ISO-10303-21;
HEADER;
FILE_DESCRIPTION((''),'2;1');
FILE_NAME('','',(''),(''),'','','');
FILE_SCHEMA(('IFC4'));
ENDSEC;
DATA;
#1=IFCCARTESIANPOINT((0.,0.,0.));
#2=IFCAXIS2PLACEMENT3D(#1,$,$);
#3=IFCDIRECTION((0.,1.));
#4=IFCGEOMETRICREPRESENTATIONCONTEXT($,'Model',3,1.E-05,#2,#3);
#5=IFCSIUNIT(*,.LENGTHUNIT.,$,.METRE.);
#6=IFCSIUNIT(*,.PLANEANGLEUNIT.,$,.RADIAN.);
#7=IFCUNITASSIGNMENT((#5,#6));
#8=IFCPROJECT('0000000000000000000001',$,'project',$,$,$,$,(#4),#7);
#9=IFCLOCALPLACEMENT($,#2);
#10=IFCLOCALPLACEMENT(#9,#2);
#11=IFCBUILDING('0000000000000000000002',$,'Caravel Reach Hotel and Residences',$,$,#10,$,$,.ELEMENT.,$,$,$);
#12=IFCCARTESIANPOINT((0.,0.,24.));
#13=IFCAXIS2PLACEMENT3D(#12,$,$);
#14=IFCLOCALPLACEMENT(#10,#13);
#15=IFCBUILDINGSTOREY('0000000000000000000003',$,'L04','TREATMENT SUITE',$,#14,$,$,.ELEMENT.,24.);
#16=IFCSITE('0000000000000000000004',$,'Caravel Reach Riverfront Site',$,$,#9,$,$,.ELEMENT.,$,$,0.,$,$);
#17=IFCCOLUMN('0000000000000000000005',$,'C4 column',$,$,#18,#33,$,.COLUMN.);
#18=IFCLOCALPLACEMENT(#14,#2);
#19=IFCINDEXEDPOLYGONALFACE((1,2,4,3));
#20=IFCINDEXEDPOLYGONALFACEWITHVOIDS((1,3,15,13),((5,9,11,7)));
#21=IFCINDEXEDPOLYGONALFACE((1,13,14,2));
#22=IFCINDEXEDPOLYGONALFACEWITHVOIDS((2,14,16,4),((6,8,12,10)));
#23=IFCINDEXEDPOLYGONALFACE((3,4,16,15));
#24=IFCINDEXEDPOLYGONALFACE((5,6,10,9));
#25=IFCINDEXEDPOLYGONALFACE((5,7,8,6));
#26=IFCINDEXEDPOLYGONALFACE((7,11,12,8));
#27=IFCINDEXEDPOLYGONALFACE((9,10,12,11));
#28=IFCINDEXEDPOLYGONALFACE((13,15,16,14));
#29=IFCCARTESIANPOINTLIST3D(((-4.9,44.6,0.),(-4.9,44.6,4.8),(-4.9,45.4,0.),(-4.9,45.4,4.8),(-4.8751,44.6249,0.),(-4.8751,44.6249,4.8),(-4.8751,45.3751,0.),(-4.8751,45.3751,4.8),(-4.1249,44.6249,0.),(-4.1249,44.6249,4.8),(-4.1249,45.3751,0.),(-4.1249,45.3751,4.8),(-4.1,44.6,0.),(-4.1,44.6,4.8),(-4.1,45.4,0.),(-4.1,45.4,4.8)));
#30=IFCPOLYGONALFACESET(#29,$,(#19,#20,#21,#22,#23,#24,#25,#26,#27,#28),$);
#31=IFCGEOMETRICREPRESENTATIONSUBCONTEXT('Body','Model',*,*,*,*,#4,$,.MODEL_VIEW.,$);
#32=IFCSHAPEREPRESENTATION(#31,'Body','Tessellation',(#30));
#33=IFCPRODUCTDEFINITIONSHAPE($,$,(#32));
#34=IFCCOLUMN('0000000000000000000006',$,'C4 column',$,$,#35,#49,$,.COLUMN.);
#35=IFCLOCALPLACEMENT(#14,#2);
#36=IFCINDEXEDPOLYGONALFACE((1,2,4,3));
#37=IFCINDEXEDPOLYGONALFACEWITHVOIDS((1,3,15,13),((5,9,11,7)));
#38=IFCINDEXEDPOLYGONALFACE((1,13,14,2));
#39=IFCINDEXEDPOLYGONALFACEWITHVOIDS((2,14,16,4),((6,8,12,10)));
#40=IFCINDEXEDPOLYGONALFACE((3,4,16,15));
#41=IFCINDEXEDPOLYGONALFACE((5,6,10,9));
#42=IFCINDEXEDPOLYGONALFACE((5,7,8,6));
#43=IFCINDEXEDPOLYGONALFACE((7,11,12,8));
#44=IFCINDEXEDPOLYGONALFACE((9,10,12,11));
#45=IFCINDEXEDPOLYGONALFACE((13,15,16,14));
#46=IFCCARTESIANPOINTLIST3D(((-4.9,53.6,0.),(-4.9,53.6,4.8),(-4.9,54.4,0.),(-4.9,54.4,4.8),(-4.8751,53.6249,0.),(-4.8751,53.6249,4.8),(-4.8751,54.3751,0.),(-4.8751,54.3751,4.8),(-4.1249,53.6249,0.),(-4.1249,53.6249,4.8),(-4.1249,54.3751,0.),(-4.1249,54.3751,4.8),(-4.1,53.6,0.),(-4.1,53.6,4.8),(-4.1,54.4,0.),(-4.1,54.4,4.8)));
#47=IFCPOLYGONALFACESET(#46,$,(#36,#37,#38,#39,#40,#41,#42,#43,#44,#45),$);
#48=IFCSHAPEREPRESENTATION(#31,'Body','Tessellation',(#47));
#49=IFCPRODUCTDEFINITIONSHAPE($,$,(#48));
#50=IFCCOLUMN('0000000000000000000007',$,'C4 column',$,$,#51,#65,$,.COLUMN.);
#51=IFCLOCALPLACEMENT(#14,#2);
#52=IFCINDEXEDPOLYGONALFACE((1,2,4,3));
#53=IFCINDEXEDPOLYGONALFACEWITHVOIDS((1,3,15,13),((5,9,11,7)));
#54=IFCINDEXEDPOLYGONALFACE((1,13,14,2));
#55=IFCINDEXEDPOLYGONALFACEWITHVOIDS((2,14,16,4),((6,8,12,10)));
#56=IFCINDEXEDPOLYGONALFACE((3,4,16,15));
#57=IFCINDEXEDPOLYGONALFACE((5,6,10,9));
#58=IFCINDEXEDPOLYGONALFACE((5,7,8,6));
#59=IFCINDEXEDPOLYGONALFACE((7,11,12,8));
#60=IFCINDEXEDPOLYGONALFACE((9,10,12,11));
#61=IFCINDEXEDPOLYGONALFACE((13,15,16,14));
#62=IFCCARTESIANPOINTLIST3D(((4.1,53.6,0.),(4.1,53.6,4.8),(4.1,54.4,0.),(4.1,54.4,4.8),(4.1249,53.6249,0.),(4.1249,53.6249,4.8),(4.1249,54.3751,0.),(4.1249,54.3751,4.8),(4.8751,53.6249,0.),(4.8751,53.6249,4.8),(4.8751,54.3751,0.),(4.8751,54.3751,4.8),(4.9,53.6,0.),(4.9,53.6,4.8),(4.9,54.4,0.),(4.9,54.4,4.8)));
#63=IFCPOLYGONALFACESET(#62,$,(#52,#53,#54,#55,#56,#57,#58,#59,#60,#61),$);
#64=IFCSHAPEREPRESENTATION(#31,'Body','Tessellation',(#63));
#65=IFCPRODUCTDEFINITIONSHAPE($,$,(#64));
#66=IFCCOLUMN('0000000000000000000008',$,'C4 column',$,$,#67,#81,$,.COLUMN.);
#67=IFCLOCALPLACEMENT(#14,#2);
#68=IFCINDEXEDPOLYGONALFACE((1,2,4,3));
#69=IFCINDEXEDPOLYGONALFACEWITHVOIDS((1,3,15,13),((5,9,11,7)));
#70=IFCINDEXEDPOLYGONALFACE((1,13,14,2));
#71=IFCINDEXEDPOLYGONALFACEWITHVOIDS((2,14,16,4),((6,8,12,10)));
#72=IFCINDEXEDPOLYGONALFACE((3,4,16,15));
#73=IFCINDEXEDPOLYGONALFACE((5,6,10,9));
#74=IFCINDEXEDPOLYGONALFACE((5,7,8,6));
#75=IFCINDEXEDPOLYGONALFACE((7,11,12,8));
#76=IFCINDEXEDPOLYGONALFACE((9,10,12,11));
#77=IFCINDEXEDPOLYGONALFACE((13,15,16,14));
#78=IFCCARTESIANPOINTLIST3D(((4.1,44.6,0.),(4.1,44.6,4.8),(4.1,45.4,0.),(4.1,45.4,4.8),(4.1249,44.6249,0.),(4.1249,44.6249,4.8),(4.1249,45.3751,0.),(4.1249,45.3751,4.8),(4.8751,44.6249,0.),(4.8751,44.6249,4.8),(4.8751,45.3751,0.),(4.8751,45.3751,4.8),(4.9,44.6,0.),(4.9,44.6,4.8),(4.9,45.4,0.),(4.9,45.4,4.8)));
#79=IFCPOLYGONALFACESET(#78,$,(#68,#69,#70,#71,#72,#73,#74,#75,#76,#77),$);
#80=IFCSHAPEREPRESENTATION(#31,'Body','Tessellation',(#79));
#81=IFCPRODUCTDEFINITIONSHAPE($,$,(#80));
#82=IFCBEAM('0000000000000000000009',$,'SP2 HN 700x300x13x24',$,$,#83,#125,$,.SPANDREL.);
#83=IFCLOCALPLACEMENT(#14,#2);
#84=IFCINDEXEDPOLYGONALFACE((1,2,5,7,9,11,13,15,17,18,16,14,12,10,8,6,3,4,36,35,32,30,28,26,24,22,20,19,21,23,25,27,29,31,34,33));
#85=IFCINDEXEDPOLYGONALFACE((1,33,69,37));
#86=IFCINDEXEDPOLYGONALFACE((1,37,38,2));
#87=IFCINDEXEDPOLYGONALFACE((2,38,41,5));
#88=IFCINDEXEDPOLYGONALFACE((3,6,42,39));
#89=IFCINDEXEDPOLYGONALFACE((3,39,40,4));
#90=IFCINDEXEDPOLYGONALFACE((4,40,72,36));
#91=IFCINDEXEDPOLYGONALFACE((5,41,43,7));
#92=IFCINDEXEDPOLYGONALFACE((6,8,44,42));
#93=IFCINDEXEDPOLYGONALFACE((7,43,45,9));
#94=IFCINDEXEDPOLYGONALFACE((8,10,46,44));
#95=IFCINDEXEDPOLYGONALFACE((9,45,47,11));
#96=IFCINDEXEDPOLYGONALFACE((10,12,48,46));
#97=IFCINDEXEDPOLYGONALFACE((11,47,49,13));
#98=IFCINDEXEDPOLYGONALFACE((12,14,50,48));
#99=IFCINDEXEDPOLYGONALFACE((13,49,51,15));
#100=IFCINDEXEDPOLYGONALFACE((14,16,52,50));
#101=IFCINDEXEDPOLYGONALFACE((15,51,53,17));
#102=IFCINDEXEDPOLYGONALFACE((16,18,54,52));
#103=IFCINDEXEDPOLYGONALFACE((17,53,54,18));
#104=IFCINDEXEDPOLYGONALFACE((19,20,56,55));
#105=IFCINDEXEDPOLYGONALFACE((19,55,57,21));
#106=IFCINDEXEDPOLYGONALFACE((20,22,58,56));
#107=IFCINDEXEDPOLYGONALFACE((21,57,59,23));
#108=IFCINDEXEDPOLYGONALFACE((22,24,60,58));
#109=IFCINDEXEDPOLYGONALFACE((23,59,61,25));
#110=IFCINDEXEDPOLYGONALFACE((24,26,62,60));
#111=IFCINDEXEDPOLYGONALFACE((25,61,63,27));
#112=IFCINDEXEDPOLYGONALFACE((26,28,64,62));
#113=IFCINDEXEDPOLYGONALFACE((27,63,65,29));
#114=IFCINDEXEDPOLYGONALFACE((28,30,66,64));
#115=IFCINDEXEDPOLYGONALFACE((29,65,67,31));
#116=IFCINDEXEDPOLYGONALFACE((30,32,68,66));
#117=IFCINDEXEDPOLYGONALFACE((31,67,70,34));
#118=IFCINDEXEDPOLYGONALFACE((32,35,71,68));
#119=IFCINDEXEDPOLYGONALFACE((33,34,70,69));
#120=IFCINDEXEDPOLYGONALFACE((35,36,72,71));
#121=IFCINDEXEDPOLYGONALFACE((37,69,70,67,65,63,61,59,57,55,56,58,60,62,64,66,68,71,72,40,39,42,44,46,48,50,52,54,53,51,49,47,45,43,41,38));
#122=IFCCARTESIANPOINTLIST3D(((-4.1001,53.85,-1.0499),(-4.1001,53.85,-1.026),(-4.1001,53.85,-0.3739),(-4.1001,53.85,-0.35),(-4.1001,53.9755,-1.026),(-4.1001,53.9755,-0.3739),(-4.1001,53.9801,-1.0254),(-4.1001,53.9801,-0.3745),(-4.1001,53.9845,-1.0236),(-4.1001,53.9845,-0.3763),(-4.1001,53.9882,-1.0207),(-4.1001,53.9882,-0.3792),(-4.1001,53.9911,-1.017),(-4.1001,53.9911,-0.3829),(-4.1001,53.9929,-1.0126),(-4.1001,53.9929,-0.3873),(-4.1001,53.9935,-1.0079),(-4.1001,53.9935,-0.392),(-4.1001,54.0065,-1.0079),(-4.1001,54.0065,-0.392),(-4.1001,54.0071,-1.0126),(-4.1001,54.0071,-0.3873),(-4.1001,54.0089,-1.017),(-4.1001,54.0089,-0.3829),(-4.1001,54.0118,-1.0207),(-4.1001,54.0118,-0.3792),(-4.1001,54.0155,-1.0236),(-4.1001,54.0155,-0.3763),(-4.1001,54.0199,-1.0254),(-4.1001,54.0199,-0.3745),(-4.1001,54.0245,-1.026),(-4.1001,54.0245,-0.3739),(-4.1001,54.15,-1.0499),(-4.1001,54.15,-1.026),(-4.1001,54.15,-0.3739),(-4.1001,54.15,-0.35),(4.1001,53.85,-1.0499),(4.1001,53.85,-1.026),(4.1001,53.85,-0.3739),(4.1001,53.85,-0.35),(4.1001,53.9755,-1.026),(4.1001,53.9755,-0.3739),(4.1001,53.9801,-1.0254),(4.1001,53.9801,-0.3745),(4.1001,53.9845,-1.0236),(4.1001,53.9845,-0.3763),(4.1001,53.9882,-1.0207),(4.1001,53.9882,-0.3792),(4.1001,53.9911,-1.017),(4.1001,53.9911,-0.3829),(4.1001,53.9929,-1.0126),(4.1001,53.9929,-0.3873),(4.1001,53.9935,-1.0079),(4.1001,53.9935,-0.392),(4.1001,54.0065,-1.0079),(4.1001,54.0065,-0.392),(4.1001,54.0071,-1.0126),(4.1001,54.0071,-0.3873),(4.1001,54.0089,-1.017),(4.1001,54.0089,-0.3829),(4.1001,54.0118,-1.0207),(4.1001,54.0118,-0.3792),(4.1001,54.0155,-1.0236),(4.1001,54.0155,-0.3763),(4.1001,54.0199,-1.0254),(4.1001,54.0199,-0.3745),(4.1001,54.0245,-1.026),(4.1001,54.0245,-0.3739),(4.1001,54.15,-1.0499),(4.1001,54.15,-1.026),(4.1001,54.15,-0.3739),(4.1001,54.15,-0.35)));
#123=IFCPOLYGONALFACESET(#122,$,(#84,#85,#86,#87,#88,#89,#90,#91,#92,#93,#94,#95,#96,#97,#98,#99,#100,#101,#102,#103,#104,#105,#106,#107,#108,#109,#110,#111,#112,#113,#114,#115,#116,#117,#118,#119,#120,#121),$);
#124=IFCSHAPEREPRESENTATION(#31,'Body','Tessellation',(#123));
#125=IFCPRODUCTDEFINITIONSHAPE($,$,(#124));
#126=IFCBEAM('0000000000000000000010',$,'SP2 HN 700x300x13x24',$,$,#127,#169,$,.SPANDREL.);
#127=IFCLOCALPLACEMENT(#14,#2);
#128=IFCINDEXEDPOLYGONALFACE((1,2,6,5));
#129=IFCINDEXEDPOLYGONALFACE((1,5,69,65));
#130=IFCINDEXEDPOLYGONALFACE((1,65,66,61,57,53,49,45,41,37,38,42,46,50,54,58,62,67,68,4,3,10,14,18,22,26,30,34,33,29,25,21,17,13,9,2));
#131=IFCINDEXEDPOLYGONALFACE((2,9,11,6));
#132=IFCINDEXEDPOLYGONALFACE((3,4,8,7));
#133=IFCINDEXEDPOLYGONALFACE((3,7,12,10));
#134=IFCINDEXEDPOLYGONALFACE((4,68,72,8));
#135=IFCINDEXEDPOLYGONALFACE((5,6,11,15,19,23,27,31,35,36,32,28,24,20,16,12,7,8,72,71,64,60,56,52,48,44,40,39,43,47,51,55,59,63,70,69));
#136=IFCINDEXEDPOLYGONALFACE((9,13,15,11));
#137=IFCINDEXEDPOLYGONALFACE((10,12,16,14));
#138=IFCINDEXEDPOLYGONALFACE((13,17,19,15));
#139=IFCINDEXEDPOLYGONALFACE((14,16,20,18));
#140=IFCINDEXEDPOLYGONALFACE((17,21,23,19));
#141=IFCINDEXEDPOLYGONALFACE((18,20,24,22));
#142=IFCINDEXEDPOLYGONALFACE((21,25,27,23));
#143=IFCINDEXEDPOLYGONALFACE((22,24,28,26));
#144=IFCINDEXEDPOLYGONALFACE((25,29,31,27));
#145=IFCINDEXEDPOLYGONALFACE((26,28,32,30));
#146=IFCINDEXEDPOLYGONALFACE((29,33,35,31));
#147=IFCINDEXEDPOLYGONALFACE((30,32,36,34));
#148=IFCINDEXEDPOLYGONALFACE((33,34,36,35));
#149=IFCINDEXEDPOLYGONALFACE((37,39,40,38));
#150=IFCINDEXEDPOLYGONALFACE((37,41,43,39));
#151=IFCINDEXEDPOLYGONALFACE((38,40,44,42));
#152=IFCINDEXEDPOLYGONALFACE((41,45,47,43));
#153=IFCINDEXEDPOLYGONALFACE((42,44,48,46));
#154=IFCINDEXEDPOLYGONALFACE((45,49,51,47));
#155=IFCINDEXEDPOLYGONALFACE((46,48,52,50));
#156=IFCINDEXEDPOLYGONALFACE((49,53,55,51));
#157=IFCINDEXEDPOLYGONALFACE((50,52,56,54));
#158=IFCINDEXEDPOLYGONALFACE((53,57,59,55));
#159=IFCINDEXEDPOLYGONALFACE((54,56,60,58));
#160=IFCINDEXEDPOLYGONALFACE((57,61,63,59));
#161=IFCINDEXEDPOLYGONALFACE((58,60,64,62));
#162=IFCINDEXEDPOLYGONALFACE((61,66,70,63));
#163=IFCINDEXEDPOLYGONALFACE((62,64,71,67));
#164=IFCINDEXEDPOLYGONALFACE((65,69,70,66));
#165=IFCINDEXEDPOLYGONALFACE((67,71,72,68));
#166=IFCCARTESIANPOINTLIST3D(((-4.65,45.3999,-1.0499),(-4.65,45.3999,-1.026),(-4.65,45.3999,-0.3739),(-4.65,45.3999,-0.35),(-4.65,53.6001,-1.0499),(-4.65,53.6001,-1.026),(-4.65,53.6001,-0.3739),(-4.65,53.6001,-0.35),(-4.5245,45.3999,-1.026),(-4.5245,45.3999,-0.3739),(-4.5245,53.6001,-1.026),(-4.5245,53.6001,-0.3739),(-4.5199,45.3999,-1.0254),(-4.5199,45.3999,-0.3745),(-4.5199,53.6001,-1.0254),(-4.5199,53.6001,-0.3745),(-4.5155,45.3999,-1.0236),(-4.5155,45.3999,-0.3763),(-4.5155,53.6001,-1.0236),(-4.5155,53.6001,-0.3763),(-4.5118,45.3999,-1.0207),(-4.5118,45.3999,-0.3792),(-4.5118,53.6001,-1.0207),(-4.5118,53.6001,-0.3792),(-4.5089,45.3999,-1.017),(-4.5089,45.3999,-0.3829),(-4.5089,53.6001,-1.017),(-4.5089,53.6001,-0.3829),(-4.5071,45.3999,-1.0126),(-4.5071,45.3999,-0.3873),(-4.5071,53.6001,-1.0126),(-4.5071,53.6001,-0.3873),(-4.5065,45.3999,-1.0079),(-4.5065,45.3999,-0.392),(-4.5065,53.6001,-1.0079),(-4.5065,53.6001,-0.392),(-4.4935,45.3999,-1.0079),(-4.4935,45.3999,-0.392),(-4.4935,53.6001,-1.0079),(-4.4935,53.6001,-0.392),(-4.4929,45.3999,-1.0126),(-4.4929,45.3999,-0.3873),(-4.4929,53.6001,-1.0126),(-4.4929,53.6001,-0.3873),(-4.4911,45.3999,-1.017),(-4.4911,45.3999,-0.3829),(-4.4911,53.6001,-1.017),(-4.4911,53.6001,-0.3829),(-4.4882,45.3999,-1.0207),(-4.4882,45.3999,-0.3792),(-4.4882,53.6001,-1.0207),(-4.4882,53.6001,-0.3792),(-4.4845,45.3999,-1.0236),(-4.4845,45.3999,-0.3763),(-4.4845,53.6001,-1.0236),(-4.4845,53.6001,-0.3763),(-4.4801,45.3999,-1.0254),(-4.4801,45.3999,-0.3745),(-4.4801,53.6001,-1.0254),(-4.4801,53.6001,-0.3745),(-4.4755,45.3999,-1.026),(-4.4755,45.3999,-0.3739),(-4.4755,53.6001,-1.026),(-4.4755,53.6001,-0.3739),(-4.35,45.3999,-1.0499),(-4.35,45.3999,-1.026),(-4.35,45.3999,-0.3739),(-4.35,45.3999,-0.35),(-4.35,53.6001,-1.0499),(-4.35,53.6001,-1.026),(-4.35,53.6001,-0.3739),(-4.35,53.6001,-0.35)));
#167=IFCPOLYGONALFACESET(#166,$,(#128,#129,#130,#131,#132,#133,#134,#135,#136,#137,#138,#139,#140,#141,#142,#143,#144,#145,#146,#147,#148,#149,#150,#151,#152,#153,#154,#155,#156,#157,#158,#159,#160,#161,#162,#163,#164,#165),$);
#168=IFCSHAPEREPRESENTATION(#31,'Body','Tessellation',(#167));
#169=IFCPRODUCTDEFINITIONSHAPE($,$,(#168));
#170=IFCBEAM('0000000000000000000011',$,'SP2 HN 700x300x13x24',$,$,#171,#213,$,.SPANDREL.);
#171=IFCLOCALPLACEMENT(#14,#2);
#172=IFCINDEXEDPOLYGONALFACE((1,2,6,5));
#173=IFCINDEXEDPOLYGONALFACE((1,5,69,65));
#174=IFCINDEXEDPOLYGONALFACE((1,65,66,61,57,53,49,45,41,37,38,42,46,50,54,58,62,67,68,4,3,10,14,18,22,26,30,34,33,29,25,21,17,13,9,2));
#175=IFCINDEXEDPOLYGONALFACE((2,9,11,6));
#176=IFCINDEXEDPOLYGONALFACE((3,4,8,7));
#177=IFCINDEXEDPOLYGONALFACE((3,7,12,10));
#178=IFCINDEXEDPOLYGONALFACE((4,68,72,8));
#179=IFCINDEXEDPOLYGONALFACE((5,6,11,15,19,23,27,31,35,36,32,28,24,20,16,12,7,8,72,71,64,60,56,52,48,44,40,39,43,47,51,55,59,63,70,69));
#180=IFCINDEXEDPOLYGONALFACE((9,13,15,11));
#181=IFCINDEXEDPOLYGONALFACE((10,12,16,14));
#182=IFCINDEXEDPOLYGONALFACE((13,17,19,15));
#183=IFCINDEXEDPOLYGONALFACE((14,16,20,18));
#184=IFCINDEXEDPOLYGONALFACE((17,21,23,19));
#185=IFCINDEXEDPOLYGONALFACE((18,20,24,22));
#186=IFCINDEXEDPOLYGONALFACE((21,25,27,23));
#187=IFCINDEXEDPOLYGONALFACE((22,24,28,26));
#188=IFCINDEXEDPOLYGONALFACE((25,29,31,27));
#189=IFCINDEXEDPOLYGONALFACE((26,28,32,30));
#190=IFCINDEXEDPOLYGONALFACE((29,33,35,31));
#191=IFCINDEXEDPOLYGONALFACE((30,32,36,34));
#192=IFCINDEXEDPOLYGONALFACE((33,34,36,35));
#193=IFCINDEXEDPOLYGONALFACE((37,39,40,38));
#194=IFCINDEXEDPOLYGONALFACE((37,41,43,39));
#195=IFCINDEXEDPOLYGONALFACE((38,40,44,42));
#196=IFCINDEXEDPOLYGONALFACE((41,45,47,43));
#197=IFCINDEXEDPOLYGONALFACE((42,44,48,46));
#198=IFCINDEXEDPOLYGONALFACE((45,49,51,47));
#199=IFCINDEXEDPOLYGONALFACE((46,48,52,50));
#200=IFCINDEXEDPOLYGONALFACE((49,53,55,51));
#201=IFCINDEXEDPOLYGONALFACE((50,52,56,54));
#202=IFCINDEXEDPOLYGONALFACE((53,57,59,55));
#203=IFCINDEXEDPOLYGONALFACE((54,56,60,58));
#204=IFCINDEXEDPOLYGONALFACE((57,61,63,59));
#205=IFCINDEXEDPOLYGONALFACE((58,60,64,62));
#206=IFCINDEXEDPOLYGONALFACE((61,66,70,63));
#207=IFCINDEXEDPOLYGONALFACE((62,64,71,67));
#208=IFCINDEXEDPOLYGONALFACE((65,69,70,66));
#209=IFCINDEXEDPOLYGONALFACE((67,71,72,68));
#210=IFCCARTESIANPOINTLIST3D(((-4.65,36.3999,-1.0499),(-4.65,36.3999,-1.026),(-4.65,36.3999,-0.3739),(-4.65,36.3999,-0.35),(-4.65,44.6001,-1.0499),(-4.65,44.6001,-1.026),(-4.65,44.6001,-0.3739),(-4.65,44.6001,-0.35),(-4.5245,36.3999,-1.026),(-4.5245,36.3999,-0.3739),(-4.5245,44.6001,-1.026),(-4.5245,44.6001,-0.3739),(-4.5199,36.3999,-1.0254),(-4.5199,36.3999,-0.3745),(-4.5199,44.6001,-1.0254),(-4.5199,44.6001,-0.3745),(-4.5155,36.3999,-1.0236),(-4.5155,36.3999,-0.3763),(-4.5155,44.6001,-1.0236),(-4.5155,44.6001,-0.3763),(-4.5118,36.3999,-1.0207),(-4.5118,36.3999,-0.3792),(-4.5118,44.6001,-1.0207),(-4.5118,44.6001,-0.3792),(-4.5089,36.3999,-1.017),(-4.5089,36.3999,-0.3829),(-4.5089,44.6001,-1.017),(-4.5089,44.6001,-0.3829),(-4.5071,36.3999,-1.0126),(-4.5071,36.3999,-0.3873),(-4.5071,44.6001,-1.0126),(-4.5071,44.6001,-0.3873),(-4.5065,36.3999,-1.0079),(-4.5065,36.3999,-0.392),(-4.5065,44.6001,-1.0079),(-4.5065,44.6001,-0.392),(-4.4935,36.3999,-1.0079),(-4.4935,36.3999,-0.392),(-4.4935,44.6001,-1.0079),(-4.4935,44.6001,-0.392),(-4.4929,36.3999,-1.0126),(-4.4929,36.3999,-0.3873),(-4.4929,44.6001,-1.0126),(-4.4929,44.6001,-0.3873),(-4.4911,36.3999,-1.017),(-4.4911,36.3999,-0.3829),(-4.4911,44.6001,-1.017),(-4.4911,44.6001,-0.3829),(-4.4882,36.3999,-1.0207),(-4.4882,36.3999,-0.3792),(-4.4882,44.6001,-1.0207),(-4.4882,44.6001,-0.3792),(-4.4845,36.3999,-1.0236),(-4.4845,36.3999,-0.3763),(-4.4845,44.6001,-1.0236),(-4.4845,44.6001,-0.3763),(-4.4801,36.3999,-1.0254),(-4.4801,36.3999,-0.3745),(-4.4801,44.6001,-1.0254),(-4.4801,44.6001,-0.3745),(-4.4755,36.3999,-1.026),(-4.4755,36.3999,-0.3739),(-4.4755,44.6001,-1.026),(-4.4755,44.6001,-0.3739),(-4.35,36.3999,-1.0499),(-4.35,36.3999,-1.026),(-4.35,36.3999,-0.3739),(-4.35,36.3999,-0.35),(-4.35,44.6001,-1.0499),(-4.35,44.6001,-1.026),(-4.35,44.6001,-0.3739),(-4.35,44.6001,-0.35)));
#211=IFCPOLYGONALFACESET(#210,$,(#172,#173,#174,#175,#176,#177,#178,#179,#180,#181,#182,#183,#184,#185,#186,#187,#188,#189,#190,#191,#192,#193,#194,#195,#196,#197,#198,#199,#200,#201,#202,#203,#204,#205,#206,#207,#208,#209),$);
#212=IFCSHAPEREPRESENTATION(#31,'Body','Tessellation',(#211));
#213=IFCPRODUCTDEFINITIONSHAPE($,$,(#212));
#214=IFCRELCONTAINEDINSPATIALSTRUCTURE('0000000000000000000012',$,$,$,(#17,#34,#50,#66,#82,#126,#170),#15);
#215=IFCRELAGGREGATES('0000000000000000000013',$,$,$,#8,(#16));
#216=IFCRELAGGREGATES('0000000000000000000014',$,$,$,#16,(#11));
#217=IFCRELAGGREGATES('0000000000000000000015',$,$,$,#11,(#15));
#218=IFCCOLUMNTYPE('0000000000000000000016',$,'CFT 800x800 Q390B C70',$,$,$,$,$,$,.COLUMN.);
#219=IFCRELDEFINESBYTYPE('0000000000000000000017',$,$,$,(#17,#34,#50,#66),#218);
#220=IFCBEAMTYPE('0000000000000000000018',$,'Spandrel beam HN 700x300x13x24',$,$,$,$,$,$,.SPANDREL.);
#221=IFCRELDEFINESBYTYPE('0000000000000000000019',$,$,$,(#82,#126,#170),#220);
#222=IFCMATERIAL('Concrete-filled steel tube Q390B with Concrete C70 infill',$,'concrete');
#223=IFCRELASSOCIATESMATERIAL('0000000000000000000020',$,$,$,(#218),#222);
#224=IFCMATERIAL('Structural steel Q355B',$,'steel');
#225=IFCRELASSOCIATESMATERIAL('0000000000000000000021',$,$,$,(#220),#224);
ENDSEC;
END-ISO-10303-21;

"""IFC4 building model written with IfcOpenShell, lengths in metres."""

from ifc_helpers import new_model, si_unit, direction, frame, origin, origin_2d, place, context, subcontext, project, spatial, hollow_rectangle, i_section, extrude, material, material_profile, profile_set, type_object, element, save


model = new_model("IFC4")

# Units and contexts
model_context = context("Model", 3, precision=1e-05, world=origin(), true_north=direction((0.0, 1.0)))
body_context = subcontext(model_context, "Body", "Model", "MODEL_VIEW")
ifc_project = project(units=[si_unit("LENGTHUNIT", "METRE"), si_unit("PLANEANGLEUNIT", "RADIAN")], contexts=[model_context])

# Site, building, storey
site_placement = place(None, origin())
site = spatial("IfcSite", under=ifc_project, at=site_placement, Name="Caravel Reach Riverfront Site", CompositionType="ELEMENT", RefElevation=0.0)
building_placement = place(site_placement, origin())
building = spatial("IfcBuilding", under=site, at=building_placement, Name="Caravel Reach Hotel and Residences", CompositionType="ELEMENT")
storey_placement = place(building_placement, frame((0.0, 0.0, 24.0)))
storey = spatial("IfcBuildingStorey", under=building, at=storey_placement, Name="L04", Description="TREATMENT SUITE", CompositionType="ELEMENT", Elevation=24.0)

# Columns
ifc_material_1 = material(Name="Concrete-filled steel tube Q390B with Concrete C70 infill", Category="concrete")
ifc_material_profile_1 = material_profile(ifc_material_1, hollow_rectangle(XDim=0.8, YDim=0.8, WallThickness=0.0249, at=origin_2d()), Name="RHS 800x800x25")
ifc_profile_set_1 = profile_set([ifc_material_profile_1], Name="Concrete-filled steel tube Q390B with Concrete C70 infill")
column_type = type_object("IfcColumnType", Name="CFT 800x800 Q390B C70", PredefinedType="COLUMN", material=ifc_profile_set_1)
for number, where, z_axis, x_axis, name in (
    (1, (-4.5, 45.0, 0.0), (0.0, 0.0, 1.0), (1.0, 0.0, 0.0), "C4 column"),
    (2, (-4.5, 54.0, 0.0), (0.0, 0.0, 1.0), (1.0, 0.0, 0.0), "C4 column"),
    (3, (4.5, 54.0, 0.0), (0.0, 0.0, 1.0), (1.0, 0.0, 0.0), "C4 column"),
    (4, (4.5, 45.0, 0.0), (0.0, 0.0, 1.0), (1.0, 0.0, 0.0), "C4 column"),
):
    element("IfcColumn", number, at=place(storey_placement, frame(where, z_axis=z_axis, x_axis=x_axis)), inside=storey, type_object=column_type, Name=name, PredefinedType="COLUMN", context=body_context, shape_type="SweptSolid", body=[
        extrude(hollow_rectangle(XDim=0.8, YDim=0.8, WallThickness=0.0249, at=origin_2d()), origin(), (0.0, 0.0, 1.0), 4.8),
    ])

# Beams
ifc_material_2 = material(Name="Structural steel Q355B", Category="steel")
ifc_material_profile_2 = material_profile(ifc_material_2, i_section(OverallWidth=0.3, OverallDepth=0.7, WebThickness=0.0129, FlangeThickness=0.0239, FilletRadius=0.0181, at=origin_2d()), Name="HN 700x300x13x24")
ifc_profile_set_2 = profile_set([ifc_material_profile_2], Name="Structural steel Q355B")
beam_type = type_object("IfcBeamType", Name="Spandrel beam HN 700x300x13x24", PredefinedType="SPANDREL", material=ifc_profile_set_2)
for number, where, z_axis, x_axis, name in (
    (5, (4.1001, 54.0, -0.7), (-1.0, 0.0, 0.0), (0.0, -1.0, 0.0), "SP2 HN 700x300x13x24"),
    (6, (-4.5, 53.6001, -0.7), (0.0, -1.0, 0.0), (1.0, 0.0, 0.0), "SP2 HN 700x300x13x24"),
    (7, (-4.5, 44.6001, -0.7), (0.0, -1.0, 0.0), (1.0, 0.0, 0.0), "SP2 HN 700x300x13x24"),
):
    element("IfcBeam", number, at=place(storey_placement, frame(where, z_axis=z_axis, x_axis=x_axis)), inside=storey, type_object=beam_type, Name=name, PredefinedType="SPANDREL", context=body_context, shape_type="SweptSolid", body=[
        extrude(i_section(OverallWidth=0.3, OverallDepth=0.7, WebThickness=0.0129, FlangeThickness=0.0239, FilletRadius=0.0181, at=origin_2d()), origin(), (0.0, 0.0, 1.0), 8.2002),
    ])

save(model, "model.ifc")
